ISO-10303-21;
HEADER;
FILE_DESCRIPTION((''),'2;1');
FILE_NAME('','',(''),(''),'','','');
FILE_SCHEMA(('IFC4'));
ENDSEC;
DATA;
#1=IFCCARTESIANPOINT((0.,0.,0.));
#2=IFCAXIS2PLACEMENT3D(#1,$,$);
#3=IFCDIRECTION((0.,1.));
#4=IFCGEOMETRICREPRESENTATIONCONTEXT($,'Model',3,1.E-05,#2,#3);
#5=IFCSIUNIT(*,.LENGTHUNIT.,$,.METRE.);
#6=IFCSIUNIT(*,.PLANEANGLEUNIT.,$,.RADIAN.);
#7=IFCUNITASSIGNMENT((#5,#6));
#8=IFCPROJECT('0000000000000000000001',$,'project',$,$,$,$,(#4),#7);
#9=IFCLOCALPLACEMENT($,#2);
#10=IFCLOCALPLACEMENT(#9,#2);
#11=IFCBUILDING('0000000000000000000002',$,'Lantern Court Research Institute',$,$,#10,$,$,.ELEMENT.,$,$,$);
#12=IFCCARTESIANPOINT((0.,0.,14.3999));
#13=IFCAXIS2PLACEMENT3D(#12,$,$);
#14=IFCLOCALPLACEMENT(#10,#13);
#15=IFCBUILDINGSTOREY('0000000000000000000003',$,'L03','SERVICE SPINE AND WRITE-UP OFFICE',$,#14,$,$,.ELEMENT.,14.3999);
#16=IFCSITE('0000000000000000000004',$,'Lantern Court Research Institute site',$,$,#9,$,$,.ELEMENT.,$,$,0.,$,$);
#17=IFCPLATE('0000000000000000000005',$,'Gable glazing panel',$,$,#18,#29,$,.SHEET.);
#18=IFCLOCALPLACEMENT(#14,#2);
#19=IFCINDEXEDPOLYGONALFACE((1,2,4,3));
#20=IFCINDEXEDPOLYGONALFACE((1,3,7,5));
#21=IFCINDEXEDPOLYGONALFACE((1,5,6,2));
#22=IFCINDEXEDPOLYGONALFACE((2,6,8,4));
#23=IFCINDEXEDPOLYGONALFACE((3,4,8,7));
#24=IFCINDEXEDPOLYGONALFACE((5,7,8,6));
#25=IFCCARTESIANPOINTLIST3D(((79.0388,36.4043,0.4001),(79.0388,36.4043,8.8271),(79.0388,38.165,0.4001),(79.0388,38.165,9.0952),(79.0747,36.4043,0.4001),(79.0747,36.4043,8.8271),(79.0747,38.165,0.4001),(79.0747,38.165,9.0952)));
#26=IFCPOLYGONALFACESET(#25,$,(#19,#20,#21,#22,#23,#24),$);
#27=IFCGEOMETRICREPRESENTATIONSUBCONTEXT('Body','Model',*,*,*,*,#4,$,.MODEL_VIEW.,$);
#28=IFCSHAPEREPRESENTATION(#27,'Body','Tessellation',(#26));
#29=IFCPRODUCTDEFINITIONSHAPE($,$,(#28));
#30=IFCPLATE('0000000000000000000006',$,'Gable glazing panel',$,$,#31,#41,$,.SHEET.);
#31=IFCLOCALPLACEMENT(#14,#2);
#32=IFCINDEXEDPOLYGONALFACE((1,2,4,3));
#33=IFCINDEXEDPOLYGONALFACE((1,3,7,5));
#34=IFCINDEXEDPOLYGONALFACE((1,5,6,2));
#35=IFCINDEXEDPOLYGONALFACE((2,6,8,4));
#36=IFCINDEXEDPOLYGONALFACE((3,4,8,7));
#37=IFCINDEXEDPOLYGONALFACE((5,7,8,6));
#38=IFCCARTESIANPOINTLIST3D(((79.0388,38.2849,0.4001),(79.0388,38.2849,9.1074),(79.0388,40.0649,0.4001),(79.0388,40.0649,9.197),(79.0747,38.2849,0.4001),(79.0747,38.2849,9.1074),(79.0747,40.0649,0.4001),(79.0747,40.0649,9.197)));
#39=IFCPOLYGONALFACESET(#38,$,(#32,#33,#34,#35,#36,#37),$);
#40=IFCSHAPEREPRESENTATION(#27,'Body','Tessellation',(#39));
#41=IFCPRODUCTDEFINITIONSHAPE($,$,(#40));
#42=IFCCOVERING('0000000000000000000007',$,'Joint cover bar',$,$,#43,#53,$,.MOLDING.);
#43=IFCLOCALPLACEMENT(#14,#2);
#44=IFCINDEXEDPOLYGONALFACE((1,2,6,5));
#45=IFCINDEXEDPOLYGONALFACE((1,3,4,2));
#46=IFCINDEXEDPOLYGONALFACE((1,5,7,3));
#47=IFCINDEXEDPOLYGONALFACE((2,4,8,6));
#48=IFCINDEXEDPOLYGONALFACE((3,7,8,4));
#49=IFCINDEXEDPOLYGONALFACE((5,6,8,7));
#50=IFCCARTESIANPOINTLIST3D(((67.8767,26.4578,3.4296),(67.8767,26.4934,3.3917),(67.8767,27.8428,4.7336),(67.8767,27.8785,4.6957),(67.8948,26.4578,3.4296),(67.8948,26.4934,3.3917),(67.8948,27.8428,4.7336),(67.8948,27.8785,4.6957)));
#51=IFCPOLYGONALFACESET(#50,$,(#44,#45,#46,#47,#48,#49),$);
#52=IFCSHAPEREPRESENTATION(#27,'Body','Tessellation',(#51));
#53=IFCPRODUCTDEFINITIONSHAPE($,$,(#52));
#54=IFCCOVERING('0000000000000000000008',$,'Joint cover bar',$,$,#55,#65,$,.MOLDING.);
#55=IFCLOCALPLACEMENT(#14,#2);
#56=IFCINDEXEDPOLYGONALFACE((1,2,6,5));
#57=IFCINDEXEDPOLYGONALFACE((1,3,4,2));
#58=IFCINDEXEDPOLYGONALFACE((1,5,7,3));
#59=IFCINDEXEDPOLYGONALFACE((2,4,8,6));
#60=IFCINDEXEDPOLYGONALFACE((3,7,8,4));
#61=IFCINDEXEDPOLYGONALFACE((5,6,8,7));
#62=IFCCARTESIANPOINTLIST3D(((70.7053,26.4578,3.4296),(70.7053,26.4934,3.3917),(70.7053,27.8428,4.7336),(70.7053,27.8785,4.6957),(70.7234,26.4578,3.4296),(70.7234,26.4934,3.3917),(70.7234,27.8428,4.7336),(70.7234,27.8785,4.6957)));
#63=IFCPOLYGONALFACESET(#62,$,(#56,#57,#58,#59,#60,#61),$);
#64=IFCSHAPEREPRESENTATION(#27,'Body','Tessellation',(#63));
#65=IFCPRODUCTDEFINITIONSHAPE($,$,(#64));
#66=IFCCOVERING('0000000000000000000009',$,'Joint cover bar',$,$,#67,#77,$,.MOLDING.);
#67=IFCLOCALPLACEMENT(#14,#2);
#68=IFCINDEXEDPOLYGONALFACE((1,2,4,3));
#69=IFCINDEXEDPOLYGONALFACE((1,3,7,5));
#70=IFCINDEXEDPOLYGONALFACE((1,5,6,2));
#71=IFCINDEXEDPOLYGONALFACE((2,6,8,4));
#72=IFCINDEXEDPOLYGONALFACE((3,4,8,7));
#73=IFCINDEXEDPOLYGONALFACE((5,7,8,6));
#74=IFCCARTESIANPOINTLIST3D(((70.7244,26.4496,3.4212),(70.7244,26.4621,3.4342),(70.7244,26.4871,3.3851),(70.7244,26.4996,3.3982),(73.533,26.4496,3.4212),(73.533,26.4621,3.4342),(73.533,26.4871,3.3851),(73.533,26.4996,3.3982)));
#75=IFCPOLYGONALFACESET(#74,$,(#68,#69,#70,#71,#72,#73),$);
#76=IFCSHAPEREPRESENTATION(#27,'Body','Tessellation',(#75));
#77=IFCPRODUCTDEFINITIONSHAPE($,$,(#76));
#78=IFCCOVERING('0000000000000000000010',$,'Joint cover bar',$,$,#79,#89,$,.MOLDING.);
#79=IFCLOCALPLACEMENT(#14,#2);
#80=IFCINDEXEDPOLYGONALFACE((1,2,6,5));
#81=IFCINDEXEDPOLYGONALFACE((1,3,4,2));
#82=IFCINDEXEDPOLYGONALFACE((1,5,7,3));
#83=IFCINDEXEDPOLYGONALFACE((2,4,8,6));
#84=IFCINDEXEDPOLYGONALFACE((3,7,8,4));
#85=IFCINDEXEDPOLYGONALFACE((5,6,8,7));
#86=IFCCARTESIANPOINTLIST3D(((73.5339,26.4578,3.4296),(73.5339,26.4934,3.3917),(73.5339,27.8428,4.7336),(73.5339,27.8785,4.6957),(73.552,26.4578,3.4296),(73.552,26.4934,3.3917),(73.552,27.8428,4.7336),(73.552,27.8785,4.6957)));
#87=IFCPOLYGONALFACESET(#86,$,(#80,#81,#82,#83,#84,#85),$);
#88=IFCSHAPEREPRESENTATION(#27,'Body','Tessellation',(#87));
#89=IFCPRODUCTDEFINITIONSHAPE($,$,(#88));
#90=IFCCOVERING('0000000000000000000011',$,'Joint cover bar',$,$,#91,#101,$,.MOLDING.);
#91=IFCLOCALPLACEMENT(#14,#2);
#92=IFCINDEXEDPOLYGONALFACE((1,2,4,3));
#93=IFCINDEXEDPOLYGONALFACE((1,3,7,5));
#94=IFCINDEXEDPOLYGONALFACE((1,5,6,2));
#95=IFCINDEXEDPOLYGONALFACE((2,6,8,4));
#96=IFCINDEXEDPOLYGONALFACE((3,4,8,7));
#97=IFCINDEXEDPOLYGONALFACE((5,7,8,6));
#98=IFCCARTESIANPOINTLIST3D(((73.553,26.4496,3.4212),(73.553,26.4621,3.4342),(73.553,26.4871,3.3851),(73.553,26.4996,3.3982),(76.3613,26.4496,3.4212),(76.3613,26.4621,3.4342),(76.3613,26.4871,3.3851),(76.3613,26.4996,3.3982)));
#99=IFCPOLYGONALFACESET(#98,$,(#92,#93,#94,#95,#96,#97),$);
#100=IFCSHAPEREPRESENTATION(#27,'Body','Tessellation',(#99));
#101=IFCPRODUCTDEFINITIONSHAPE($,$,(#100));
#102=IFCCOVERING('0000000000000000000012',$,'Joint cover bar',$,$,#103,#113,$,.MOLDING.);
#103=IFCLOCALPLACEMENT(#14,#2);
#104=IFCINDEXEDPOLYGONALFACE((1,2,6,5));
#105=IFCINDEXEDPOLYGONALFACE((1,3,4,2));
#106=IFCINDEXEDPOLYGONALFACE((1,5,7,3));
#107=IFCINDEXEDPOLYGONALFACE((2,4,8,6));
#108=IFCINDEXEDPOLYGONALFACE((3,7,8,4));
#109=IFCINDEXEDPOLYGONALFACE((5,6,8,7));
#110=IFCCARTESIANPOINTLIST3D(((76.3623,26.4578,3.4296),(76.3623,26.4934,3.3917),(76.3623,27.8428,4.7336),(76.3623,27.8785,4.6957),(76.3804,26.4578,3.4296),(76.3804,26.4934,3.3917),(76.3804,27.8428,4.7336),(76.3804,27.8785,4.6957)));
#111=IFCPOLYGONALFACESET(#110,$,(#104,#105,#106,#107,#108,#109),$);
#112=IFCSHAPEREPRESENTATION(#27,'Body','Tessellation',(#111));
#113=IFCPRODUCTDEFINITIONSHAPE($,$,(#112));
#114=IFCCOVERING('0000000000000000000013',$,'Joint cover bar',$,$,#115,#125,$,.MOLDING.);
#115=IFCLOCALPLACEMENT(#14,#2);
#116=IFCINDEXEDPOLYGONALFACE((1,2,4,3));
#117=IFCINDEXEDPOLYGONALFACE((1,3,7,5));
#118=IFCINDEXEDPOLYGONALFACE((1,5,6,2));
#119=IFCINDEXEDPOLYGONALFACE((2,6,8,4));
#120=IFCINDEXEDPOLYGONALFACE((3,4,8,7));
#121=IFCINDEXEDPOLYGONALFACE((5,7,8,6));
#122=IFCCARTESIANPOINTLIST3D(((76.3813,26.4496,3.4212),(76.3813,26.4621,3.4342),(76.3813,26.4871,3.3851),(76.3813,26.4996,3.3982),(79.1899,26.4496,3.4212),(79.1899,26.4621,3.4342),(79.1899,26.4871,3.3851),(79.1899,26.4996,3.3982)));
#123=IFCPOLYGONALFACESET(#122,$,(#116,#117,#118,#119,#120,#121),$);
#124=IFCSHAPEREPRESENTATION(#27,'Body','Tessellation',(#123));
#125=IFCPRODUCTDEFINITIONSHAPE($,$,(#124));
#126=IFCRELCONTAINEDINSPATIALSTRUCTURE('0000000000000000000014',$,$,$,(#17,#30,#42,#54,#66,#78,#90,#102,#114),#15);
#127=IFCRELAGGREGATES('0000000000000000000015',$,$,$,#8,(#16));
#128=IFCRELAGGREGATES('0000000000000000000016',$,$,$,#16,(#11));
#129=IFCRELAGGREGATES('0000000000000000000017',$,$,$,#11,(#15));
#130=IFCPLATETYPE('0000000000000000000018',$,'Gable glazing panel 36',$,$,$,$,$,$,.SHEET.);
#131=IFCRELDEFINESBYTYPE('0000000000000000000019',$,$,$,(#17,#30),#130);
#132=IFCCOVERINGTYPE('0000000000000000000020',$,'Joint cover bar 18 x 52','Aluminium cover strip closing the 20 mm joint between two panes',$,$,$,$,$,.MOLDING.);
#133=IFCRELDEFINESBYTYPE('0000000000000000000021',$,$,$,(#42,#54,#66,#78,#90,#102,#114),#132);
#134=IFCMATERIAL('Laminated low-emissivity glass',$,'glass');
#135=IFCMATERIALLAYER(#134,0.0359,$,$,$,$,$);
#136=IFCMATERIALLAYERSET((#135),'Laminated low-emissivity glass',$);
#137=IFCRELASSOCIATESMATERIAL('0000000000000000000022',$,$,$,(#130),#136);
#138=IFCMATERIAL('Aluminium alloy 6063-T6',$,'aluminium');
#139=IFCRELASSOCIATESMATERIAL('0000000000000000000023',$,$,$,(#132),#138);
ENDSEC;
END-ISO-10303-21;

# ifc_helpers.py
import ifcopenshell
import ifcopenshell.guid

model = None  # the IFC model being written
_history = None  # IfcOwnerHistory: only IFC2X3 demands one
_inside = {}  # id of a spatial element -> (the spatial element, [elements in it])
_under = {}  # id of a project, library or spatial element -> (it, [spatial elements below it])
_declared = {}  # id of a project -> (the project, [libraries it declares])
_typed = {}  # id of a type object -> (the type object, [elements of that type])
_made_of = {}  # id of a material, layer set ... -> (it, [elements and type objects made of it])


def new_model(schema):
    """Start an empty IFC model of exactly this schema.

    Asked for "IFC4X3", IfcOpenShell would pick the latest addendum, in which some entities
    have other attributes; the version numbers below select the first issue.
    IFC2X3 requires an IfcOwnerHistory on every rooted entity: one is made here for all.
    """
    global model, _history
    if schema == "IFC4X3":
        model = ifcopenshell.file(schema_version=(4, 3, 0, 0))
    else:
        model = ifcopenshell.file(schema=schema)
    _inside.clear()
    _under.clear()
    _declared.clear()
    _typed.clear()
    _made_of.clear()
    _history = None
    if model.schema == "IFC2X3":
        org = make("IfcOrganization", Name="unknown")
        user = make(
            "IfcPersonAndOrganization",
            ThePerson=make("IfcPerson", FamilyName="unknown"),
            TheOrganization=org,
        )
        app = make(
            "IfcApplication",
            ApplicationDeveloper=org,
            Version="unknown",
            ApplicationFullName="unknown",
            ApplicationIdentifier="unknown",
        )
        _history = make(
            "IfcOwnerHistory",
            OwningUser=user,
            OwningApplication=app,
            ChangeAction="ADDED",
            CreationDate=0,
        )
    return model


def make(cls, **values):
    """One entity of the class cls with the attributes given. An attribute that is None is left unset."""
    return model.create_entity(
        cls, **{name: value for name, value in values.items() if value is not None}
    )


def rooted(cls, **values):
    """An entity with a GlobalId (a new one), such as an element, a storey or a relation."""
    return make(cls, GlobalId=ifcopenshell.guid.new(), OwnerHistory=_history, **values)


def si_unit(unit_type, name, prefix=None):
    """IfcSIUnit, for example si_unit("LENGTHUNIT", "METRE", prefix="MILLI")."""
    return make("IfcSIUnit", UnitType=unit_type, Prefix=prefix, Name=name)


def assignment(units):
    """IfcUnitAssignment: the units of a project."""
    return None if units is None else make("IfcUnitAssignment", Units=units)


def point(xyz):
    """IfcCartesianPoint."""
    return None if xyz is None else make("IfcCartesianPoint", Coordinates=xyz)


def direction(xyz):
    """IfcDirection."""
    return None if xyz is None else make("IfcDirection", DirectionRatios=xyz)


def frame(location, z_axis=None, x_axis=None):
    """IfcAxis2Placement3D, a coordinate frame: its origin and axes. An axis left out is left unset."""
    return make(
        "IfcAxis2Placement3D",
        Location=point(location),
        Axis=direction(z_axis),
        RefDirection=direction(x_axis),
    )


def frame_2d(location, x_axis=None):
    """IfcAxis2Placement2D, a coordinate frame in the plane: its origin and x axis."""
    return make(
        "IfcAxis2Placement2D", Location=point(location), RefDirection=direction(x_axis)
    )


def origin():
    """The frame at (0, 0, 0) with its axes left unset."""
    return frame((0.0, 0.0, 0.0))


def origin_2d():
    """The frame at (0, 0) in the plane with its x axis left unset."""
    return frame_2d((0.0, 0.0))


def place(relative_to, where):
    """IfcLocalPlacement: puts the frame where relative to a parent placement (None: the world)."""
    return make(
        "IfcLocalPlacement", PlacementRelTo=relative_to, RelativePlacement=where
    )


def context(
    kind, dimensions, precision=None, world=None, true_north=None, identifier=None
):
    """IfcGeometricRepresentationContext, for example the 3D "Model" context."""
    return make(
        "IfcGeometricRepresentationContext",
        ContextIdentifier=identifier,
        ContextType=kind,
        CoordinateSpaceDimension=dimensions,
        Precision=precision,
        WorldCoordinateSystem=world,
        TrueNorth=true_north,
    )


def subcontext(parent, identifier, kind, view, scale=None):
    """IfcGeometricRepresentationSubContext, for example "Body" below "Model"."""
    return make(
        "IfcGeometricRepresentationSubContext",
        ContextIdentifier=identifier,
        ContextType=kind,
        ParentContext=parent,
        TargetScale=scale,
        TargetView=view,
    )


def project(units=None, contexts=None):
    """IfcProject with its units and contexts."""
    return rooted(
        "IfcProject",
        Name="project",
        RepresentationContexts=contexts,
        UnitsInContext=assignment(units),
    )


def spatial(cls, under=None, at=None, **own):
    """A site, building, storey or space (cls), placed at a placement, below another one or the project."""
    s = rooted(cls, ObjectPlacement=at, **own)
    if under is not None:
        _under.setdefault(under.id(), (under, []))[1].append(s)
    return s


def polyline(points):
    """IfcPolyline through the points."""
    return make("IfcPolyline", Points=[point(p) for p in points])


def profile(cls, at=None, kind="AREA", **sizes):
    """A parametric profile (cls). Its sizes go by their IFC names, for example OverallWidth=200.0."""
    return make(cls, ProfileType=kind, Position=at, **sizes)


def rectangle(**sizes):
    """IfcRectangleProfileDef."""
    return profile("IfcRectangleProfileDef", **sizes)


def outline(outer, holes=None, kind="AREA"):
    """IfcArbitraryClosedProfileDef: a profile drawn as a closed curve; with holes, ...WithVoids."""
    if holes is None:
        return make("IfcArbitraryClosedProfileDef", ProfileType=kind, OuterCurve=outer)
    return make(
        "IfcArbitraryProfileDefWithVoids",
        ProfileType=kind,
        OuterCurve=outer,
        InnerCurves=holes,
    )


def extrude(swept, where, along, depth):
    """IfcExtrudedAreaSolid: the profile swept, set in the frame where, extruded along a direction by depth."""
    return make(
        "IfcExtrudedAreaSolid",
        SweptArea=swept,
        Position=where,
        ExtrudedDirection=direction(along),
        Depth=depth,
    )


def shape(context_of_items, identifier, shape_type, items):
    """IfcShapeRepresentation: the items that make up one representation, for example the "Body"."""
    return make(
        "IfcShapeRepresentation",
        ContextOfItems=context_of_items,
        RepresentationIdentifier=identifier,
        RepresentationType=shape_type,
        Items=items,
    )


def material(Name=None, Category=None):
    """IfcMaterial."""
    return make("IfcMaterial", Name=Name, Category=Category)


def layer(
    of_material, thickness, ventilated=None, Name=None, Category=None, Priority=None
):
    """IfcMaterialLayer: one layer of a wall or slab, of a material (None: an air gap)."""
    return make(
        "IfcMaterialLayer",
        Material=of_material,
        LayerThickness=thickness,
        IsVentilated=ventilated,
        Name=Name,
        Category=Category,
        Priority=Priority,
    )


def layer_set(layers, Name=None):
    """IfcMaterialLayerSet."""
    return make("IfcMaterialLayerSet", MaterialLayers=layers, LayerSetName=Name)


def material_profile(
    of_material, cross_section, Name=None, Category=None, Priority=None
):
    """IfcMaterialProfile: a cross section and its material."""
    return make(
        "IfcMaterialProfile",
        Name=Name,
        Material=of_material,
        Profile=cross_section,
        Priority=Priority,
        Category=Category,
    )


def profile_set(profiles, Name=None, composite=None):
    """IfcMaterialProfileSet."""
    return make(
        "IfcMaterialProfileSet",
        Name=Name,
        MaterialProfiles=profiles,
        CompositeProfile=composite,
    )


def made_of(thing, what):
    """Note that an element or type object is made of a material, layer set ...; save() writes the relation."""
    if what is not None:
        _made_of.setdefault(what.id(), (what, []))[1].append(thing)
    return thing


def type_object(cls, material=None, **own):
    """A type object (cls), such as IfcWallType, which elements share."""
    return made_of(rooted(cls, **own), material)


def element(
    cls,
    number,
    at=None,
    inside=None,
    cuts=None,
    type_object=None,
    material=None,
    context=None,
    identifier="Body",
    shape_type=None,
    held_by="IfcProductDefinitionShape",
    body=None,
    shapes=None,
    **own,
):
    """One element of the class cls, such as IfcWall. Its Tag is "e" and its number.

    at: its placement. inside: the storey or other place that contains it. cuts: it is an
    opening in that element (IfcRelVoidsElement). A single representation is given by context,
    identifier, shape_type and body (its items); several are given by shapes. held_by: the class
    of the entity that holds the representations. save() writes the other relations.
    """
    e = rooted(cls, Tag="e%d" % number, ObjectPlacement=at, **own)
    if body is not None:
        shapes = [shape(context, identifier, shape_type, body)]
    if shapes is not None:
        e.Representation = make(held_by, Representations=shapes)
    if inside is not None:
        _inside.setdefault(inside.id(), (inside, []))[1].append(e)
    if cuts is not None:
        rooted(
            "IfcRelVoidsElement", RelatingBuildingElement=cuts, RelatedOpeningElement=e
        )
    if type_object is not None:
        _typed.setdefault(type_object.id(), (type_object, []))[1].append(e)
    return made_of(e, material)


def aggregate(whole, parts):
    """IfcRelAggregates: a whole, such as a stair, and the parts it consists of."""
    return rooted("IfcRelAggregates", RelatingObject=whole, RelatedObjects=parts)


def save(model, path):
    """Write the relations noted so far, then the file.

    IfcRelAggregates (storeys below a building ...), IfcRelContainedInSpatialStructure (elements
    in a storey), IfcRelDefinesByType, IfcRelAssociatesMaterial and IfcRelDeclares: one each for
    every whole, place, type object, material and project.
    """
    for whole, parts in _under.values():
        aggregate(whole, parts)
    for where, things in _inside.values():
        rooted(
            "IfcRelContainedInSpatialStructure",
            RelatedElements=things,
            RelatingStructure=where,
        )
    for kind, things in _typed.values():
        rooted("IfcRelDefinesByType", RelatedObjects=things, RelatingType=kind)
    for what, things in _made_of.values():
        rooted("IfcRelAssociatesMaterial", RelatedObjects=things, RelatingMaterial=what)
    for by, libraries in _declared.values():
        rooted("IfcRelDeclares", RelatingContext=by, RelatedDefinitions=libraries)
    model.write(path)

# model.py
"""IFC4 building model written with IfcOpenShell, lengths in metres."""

from ifc_helpers import new_model, si_unit, direction, frame, origin, origin_2d, place, context, subcontext, project, spatial, polyline, rectangle, outline, extrude, material, layer, layer_set, material_profile, profile_set, type_object, element, save


model = new_model("IFC4")

# Units and contexts
model_context = context("Model", 3, precision=1e-05, world=origin(), true_north=direction((0.0, 1.0)))
body_context = subcontext(model_context, "Body", "Model", "MODEL_VIEW")
ifc_project = project(units=[si_unit("LENGTHUNIT", "METRE"), si_unit("PLANEANGLEUNIT", "RADIAN")], contexts=[model_context])

# Site, building, storey
site_placement = place(None, origin())
site = spatial("IfcSite", under=ifc_project, at=site_placement, Name="Lantern Court Research Institute site", CompositionType="ELEMENT", RefElevation=0.0)
building_placement = place(site_placement, origin())
building = spatial("IfcBuilding", under=site, at=building_placement, Name="Lantern Court Research Institute", CompositionType="ELEMENT")
storey_placement = place(building_placement, frame((0.0, 0.0, 14.3999)))
storey = spatial("IfcBuildingStorey", under=building, at=storey_placement, Name="L03", Description="SERVICE SPINE AND WRITE-UP OFFICE", CompositionType="ELEMENT", Elevation=14.3999)

# Plates
ifc_material_1 = material(Name="Laminated low-emissivity glass", Category="glass")
ifc_layer = layer(ifc_material_1, 0.0359)
ifc_layer_set = layer_set([ifc_layer], Name="Laminated low-emissivity glass")
plate_type = type_object("IfcPlateType", Name="Gable glazing panel 36", PredefinedType="SHEET", material=ifc_layer_set)
plate_1_placement = place(storey_placement, frame((79.0569, 36.4043, 0.4001), z_axis=(0.0, 0.0, 1.0), x_axis=(0.0, 1.0, 0.0)))
element("IfcPlate", 1, at=plate_1_placement, inside=storey, type_object=plate_type, Name="Gable glazing panel", PredefinedType="SHEET", context=body_context, shape_type="SweptSolid", body=[
    extrude(outline(polyline([(0.0, 0.0), (1.7607, 0.0), (1.7607, 8.6951), (0.0, 8.427), (0.0, 0.0)])), frame((0.0, 0.0181, 0.0), z_axis=(0.0, -1.0, 0.0), x_axis=(1.0, 0.0, 0.0)), (0.0, 0.0, 1.0), 0.0359),
])
plate_2_placement = place(storey_placement, frame((79.0569, 38.2849, 0.4001), z_axis=(0.0, 0.0, 1.0), x_axis=(0.0, 1.0, 0.0)))
element("IfcPlate", 2, at=plate_2_placement, inside=storey, type_object=plate_type, Name="Gable glazing panel", PredefinedType="SHEET", context=body_context, shape_type="SweptSolid", body=[
    extrude(outline(polyline([(0.0, 0.0), (1.78, 0.0), (1.78, 8.7969), (0.0, 8.7073), (0.0, 0.0)])), frame((0.0, 0.0181, 0.0), z_axis=(0.0, -1.0, 0.0), x_axis=(1.0, 0.0, 0.0)), (0.0, 0.0, 1.0), 0.0359),
])

# Coverings
ifc_material_2 = material(Name="Aluminium alloy 6063-T6", Category="aluminium")
ifc_material_profile_1 = material_profile(ifc_material_2, rectangle(XDim=0.0181, YDim=0.052, at=origin_2d()), Name="Joint cover bar 18 x 52")
ifc_profile_set_1 = profile_set([ifc_material_profile_1], Name="Aluminium alloy 6063-T6")
covering_type = type_object("IfcCoveringType", Name="Joint cover bar 18 x 52", Description="Aluminium cover strip closing the 20 mm joint between two panes", PredefinedType="MOLDING", material=ifc_profile_set_1)
for number, where, z_axis, x_axis, name in (
    (3, (67.8857, 26.4756, 3.4106), (0.0, 0.728091, 0.685481), (-1.0, 0.0, 0.0), "Joint cover bar"),
    (4, (70.7144, 26.4756, 3.4106), (0.0, 0.728091, 0.685481), (-1.0, 0.0, 0.0), "Joint cover bar"),
):
    element("IfcCovering", number, at=place(storey_placement, frame(where, z_axis=z_axis, x_axis=x_axis)), inside=storey, type_object=covering_type, Name=name, PredefinedType="MOLDING", context=body_context, shape_type="SweptSolid", body=[
        extrude(rectangle(XDim=0.0181, YDim=0.052, at=origin_2d()), origin(), (0.0, 0.0, 1.0), 1.9023),
    ])
covering_1_placement = place(storey_placement, frame((70.7244, 26.4746, 3.4097), z_axis=(1.0, 0.0, 0.0), x_axis=(0.0, 0.692674, 0.721251)))
element("IfcCovering", 5, at=covering_1_placement, inside=storey, type_object=covering_type, Name="Joint cover bar", PredefinedType="MOLDING", context=body_context, shape_type="SweptSolid", body=[
    extrude(rectangle(XDim=0.0181, YDim=0.052, at=origin_2d()), origin(), (0.0, 0.0, 1.0), 2.8086),
])
covering_2_placement = place(storey_placement, frame((73.543, 26.4756, 3.4106), z_axis=(0.0, 0.728091, 0.685481), x_axis=(-1.0, 0.0, 0.0)))
element("IfcCovering", 6, at=covering_2_placement, inside=storey, type_object=covering_type, Name="Joint cover bar", PredefinedType="MOLDING", context=body_context, shape_type="SweptSolid", body=[
    extrude(rectangle(XDim=0.0181, YDim=0.052, at=origin_2d()), origin(), (0.0, 0.0, 1.0), 1.9023),
])
covering_3_placement = place(storey_placement, frame((73.553, 26.4746, 3.4097), z_axis=(1.0, 0.0, 0.0), x_axis=(0.0, 0.692674, 0.721251)))
element("IfcCovering", 7, at=covering_3_placement, inside=storey, type_object=covering_type, Name="Joint cover bar", PredefinedType="MOLDING", context=body_context, shape_type="SweptSolid", body=[
    extrude(rectangle(XDim=0.0181, YDim=0.052, at=origin_2d()), origin(), (0.0, 0.0, 1.0), 2.8083),
])
covering_4_placement = place(storey_placement, frame((76.3713, 26.4756, 3.4106), z_axis=(0.0, 0.728091, 0.685481), x_axis=(-1.0, 0.0, 0.0)))
element("IfcCovering", 8, at=covering_4_placement, inside=storey, type_object=covering_type, Name="Joint cover bar", PredefinedType="MOLDING", context=body_context, shape_type="SweptSolid", body=[
    extrude(rectangle(XDim=0.0181, YDim=0.052, at=origin_2d()), origin(), (0.0, 0.0, 1.0), 1.9023),
])
covering_5_placement = place(storey_placement, frame((76.3813, 26.4746, 3.4097), z_axis=(1.0, 0.0, 0.0), x_axis=(0.0, 0.692674, 0.721251)))
element("IfcCovering", 9, at=covering_5_placement, inside=storey, type_object=covering_type, Name="Joint cover bar", PredefinedType="MOLDING", context=body_context, shape_type="SweptSolid", body=[
    extrude(rectangle(XDim=0.0181, YDim=0.052, at=origin_2d()), origin(), (0.0, 0.0, 1.0), 2.8086),
])

save(model, "model.ifc")
